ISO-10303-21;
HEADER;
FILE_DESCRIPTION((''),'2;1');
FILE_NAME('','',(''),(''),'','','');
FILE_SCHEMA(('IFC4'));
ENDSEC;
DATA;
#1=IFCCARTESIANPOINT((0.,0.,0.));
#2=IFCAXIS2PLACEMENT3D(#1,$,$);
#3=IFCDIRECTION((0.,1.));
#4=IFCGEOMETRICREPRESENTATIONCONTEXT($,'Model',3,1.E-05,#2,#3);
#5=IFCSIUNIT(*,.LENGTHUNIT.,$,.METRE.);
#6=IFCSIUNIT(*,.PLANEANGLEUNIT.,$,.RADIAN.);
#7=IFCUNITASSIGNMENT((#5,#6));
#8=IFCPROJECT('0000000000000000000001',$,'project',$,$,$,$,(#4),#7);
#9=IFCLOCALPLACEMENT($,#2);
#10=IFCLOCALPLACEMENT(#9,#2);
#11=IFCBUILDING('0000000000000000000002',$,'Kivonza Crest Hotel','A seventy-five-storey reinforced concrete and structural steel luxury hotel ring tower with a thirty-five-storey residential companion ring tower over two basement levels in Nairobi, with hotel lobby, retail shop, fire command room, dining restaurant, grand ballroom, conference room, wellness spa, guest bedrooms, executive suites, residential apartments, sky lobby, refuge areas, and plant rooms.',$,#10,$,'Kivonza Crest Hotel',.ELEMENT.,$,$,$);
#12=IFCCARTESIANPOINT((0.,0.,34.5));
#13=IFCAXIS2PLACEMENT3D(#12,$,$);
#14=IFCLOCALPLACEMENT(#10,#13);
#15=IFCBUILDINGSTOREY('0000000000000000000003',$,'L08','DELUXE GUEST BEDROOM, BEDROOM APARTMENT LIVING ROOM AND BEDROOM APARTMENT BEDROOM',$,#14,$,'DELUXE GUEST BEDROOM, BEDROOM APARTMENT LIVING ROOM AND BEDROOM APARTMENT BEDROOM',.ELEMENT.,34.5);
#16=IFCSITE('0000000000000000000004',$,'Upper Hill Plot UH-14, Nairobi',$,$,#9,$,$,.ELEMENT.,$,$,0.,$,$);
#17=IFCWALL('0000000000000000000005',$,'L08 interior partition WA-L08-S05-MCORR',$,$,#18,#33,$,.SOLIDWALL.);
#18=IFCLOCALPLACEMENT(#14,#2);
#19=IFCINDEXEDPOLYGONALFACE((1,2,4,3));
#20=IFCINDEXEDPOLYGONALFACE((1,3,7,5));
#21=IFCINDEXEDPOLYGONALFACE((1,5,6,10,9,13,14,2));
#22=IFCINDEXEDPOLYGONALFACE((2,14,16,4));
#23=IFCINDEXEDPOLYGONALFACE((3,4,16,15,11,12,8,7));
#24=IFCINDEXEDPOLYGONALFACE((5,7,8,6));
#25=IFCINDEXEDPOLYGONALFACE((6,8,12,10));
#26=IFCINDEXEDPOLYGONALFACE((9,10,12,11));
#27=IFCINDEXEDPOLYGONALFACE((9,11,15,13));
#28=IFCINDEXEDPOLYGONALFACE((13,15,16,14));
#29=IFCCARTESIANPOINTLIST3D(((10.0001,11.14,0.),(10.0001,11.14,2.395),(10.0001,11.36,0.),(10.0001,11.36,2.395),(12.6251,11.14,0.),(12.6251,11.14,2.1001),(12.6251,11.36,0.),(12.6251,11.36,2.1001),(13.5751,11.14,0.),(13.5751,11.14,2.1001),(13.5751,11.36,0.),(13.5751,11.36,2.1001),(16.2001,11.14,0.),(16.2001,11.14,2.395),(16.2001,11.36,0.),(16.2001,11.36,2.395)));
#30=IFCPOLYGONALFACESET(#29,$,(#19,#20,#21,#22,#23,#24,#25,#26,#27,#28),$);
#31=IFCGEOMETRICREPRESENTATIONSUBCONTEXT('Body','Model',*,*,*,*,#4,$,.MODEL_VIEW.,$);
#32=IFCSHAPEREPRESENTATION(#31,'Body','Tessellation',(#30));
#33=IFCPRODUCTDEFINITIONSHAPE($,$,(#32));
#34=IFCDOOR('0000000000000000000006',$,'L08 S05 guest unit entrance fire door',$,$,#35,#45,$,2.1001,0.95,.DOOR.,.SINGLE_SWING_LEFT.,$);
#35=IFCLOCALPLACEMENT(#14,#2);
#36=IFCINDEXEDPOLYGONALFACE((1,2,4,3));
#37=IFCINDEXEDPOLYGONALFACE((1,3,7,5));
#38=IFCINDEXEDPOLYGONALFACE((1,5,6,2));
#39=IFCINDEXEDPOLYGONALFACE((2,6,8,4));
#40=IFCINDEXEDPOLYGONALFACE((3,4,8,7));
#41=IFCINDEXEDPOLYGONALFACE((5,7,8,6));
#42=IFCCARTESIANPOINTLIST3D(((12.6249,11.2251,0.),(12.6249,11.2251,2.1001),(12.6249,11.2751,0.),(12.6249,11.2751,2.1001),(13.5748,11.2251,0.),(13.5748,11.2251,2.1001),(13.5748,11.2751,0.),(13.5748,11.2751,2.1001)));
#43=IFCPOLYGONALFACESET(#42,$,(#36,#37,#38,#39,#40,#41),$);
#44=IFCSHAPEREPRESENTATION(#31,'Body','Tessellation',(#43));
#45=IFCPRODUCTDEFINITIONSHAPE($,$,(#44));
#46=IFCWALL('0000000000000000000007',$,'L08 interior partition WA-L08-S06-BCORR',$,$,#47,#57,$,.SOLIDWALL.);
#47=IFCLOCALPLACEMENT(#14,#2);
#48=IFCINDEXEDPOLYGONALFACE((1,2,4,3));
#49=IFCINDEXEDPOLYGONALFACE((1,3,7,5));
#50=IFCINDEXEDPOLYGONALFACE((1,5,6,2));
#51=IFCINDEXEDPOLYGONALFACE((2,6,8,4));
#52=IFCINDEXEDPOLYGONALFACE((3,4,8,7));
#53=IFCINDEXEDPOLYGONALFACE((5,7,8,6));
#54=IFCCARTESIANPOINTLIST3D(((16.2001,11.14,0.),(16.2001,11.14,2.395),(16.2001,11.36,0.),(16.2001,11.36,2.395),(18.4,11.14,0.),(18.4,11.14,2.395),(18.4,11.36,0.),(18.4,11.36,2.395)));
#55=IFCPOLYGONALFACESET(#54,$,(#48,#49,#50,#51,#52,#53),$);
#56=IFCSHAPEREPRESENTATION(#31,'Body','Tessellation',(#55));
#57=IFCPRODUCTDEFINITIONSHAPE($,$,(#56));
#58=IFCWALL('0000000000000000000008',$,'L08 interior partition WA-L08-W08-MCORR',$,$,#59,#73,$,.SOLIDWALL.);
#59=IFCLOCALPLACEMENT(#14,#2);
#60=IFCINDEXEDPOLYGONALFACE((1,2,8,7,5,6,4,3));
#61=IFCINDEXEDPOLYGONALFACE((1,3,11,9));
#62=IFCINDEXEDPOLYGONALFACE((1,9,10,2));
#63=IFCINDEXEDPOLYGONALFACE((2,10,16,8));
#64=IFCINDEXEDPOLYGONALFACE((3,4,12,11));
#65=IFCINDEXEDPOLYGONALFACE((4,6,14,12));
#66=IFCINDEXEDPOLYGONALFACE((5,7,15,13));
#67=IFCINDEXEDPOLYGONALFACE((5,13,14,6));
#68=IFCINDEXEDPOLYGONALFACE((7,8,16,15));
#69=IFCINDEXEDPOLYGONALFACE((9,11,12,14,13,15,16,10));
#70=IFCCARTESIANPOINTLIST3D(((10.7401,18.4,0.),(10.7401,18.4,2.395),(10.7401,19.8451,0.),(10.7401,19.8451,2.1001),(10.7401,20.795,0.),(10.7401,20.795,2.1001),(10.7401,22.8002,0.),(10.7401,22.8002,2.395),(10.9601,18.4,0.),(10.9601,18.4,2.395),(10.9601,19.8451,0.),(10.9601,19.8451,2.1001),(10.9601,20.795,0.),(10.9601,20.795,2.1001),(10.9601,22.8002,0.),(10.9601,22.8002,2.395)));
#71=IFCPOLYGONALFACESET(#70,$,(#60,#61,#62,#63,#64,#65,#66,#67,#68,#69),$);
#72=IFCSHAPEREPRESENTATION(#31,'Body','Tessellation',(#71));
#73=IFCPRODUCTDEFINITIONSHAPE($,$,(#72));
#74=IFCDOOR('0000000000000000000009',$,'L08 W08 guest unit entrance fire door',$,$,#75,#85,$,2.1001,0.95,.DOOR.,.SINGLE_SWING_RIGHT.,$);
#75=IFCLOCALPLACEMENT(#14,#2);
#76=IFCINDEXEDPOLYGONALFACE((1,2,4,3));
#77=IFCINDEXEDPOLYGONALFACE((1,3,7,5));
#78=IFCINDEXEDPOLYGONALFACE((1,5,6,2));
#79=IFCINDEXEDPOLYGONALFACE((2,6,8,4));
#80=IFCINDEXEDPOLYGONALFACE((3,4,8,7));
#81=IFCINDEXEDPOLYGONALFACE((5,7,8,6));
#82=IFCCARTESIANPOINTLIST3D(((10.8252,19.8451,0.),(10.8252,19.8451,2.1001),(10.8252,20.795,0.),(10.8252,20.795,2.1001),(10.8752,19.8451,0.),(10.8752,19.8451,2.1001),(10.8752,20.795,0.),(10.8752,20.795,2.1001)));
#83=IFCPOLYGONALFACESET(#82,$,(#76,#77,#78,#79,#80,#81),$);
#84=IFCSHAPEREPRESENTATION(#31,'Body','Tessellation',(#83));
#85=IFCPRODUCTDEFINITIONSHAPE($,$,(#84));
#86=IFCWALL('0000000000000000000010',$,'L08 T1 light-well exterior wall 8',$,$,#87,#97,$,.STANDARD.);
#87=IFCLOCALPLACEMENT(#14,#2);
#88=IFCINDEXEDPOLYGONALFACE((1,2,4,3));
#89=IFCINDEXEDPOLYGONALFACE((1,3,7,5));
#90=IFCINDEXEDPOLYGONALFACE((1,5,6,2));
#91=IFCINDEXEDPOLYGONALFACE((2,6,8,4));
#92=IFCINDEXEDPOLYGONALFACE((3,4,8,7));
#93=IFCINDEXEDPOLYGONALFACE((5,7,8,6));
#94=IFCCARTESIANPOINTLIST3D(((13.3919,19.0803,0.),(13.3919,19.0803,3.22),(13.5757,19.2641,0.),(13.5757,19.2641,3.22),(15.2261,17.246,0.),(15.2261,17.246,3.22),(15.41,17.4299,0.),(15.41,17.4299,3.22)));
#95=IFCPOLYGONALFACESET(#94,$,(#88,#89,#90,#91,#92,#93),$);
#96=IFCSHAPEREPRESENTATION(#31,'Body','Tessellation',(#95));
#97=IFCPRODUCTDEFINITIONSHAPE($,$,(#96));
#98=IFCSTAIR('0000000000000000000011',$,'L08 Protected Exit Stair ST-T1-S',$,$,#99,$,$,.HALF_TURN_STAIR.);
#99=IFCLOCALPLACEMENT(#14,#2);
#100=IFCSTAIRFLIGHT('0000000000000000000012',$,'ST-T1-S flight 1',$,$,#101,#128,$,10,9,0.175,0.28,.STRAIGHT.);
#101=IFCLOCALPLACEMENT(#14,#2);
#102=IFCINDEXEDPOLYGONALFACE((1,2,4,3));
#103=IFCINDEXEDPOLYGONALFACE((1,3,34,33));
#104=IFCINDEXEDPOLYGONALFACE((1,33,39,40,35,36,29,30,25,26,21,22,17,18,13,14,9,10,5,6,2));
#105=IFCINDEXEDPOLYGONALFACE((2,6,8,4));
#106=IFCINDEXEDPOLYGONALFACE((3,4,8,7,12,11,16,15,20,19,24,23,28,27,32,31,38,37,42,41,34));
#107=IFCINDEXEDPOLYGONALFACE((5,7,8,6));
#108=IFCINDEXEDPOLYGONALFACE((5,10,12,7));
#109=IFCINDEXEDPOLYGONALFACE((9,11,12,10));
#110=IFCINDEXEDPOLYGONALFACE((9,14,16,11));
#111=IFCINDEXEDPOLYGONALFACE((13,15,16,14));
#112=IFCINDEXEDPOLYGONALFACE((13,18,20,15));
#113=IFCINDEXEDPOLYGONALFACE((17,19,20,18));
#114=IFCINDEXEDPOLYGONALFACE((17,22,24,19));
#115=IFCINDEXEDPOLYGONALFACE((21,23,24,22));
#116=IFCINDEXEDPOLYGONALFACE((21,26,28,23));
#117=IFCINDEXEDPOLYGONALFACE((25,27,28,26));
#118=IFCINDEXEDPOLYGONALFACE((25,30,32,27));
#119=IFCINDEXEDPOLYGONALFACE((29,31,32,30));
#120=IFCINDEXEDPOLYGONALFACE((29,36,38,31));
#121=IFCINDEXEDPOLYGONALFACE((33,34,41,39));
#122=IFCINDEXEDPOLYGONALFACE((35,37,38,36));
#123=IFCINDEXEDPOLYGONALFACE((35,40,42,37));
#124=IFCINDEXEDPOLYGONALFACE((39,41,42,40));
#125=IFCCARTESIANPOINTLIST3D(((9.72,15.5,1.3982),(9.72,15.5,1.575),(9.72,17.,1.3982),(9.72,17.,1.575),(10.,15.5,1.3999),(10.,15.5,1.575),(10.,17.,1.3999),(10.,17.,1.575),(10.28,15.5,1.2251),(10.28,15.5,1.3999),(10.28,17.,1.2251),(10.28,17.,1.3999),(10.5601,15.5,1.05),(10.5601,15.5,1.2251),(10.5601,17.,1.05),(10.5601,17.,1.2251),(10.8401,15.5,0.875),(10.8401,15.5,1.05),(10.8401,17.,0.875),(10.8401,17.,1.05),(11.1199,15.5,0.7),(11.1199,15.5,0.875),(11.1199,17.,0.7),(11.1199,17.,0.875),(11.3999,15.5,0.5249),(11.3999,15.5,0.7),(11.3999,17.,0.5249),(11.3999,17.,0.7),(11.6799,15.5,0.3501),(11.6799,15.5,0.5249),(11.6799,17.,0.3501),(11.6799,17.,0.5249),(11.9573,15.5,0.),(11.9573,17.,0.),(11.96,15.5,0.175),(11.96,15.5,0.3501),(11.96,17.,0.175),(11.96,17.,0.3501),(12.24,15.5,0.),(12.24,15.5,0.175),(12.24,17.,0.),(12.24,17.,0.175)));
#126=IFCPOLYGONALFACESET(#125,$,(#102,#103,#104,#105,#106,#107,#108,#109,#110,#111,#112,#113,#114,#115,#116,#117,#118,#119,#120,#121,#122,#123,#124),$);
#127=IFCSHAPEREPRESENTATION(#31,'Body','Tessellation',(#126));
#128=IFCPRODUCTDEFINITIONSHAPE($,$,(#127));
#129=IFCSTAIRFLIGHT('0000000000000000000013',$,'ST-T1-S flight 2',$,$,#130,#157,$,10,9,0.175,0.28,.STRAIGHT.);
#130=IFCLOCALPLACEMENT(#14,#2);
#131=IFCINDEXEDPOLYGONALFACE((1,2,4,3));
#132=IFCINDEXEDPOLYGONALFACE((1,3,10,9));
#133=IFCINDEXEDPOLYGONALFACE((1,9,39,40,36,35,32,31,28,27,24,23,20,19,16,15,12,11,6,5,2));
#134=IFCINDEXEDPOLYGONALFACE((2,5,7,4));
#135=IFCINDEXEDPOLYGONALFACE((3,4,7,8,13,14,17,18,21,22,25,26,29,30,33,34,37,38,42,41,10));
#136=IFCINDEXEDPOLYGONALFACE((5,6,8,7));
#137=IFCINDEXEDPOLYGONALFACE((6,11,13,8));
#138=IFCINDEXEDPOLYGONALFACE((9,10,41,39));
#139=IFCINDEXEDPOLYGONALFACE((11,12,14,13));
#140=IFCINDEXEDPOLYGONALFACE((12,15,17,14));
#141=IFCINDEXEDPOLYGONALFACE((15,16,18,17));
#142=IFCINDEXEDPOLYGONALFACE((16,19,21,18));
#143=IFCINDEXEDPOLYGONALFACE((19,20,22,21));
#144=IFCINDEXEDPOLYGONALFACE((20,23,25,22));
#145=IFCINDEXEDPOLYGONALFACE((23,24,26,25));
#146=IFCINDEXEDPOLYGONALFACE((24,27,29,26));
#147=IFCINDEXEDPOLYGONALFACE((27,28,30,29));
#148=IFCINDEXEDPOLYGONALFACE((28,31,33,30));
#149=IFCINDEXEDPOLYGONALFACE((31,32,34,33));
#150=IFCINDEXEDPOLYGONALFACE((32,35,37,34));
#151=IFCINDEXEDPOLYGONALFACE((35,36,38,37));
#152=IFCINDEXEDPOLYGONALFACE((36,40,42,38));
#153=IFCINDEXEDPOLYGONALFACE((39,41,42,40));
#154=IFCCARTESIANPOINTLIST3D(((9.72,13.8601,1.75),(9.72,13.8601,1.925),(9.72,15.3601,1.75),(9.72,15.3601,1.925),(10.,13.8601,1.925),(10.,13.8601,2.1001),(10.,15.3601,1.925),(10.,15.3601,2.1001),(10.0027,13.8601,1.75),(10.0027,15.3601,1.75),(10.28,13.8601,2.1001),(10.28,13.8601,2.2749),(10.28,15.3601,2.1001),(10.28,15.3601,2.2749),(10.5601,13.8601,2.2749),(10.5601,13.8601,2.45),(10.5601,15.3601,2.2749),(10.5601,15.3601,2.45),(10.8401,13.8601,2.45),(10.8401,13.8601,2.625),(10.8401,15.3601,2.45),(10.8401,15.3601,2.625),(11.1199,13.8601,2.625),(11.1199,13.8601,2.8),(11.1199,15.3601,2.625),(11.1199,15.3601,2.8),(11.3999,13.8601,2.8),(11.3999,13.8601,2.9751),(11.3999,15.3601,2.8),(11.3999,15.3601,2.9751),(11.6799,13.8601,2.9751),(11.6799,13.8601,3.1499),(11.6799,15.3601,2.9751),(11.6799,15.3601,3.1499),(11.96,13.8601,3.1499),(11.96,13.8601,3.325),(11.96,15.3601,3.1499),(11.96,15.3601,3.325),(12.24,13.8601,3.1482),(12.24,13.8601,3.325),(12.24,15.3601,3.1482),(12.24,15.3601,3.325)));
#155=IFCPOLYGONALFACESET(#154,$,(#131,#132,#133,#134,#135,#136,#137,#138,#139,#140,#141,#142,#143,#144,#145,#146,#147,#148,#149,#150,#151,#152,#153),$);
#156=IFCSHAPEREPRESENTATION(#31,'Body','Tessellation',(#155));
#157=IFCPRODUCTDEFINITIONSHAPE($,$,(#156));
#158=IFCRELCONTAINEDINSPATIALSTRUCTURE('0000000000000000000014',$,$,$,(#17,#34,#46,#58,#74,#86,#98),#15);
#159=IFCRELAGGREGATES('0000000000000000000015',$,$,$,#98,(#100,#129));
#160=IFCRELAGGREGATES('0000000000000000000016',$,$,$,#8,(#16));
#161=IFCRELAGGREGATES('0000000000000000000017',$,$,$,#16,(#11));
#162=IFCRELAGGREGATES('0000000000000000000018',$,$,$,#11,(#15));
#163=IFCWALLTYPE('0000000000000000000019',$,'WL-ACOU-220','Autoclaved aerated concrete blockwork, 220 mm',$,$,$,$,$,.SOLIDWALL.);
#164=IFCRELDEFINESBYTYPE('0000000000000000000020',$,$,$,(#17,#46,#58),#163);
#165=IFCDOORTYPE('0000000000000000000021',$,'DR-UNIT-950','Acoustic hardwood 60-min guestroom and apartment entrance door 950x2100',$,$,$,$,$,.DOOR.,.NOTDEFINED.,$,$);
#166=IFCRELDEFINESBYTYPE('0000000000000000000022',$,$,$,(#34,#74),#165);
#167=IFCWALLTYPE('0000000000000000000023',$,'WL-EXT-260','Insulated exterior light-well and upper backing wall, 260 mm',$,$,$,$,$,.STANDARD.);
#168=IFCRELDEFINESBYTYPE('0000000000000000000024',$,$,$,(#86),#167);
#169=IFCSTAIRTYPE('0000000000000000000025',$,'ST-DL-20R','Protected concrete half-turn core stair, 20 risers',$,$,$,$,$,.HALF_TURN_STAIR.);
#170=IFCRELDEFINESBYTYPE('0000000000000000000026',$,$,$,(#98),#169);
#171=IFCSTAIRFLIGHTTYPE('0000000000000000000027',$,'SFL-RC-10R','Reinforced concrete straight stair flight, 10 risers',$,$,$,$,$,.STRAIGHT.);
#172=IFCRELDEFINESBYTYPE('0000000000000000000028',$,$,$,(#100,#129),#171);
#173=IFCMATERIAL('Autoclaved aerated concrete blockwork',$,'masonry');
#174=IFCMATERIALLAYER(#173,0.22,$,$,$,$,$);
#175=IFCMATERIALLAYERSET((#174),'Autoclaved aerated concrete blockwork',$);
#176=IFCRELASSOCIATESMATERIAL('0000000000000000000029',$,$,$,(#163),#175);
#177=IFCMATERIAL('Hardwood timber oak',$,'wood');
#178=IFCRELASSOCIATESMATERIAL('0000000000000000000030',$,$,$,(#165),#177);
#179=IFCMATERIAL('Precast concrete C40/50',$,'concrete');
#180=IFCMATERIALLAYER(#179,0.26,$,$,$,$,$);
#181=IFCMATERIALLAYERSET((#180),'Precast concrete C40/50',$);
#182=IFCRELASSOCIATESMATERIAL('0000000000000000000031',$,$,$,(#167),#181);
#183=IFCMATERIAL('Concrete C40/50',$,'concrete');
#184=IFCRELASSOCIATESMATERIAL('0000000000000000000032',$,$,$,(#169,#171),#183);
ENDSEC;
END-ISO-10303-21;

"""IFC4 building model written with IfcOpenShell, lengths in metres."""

from ifc_helpers import new_model, si_unit, direction, frame, frame_2d, origin, place, context, subcontext, project, spatial, polyline, rectangle, outline, extrude, material, layer, layer_set, type_object, element, fill, aggregate, save


model = new_model("IFC4")

# Units and contexts
model_context = context("Model", 3, precision=1e-05, world=origin(), true_north=direction((0.0, 1.0)))
body_context = subcontext(model_context, "Body", "Model", "MODEL_VIEW")
ifc_project = project(units=[si_unit("LENGTHUNIT", "METRE"), si_unit("PLANEANGLEUNIT", "RADIAN")], contexts=[model_context])

# Site, building, storey
site_placement = place(None, origin())
site = spatial("IfcSite", under=ifc_project, at=site_placement, Name="Upper Hill Plot UH-14, Nairobi", CompositionType="ELEMENT", RefElevation=0.0)
building_placement = place(site_placement, origin())
building = spatial("IfcBuilding", under=site, at=building_placement, Name="Kivonza Crest Hotel", Description="A seventy-five-storey reinforced concrete and structural steel luxury hotel ring tower with a thirty-five-storey residential companion ring tower over two basement levels in Nairobi, with hotel lobby, retail shop, fire command room, dining restaurant, grand ballroom, conference room, wellness spa, guest bedrooms, executive suites, residential apartments, sky lobby, refuge areas, and plant rooms.", LongName="Kivonza Crest Hotel", CompositionType="ELEMENT")
storey_placement = place(building_placement, frame((0.0, 0.0, 34.5)))
storey = spatial("IfcBuildingStorey", under=building, at=storey_placement, Name="L08", Description="DELUXE GUEST BEDROOM, BEDROOM APARTMENT LIVING ROOM AND BEDROOM APARTMENT BEDROOM", LongName="DELUXE GUEST BEDROOM, BEDROOM APARTMENT LIVING ROOM AND BEDROOM APARTMENT BEDROOM", CompositionType="ELEMENT", Elevation=34.5)

# Wall, opening, door
ifc_material_1 = material(Name="Autoclaved aerated concrete blockwork", Category="masonry")
ifc_layer_1 = layer(ifc_material_1, 0.22)
ifc_layer_set_1 = layer_set([ifc_layer_1], Name="Autoclaved aerated concrete blockwork")
wall_type_1 = type_object("IfcWallType", Name="WL-ACOU-220", Description="Autoclaved aerated concrete blockwork, 220 mm", PredefinedType="SOLIDWALL", material=ifc_layer_set_1)
wall_1_placement = place(storey_placement, frame((10.0, 11.25, 0.0), z_axis=(0.0, 0.0, 1.0), x_axis=(1.0, 0.0, 0.0)))
wall_1 = element("IfcWall", 1, at=wall_1_placement, inside=storey, type_object=wall_type_1, Name="L08 interior partition WA-L08-S05-MCORR", PredefinedType="SOLIDWALL", context=body_context, shape_type="SweptSolid", body=[
    extrude(rectangle(XDim=6.2, YDim=0.22, at=frame_2d((3.1001, 0.0))), origin(), (0.0, 0.0, 1.0), 2.395),
])
opening_1_placement = place(wall_1_placement, frame((2.625, 0.0, 0.0)))
opening_1 = element("IfcOpeningElement", 2, at=opening_1_placement, cuts=wall_1, PredefinedType="OPENING", context=body_context, shape_type="SweptSolid", body=[
    extrude(rectangle(XDim=0.95, YDim=2.1001, at=frame_2d((0.4751, 1.05))), frame((0.0, 0.1201, 0.0), z_axis=(0.0, -1.0, 0.0), x_axis=(1.0, 0.0, 0.0)), (0.0, 0.0, 1.0), 0.24),
])
ifc_material_2 = material(Name="Hardwood timber oak", Category="wood")
door_type_1 = type_object("IfcDoorType", Name="DR-UNIT-950", Description="Acoustic hardwood 60-min guestroom and apartment entrance door 950x2100", OperationType="NOTDEFINED", PredefinedType="DOOR", material=ifc_material_2)
door_1_placement = place(opening_1_placement, frame((0.95, 0.0, 0.0), z_axis=(0.0, 0.0, 1.0), x_axis=(-1.0, 0.0, 0.0)))
door_1 = element("IfcDoor", 3, at=door_1_placement, inside=storey, type_object=door_type_1, Name="L08 S05 guest unit entrance fire door", OperationType="SINGLE_SWING_LEFT", OverallHeight=2.1001, OverallWidth=0.95, PredefinedType="DOOR", context=body_context, shape_type="SweptSolid", body=[
    extrude(rectangle(XDim=0.95, YDim=2.1001, at=frame_2d((0.4751, 1.05))), frame((0.0, 0.0249, 0.0), z_axis=(0.0, -1.0, 0.0), x_axis=(1.0, 0.0, 0.0)), (0.0, 0.0, 1.0), 0.05),
])
fill(opening_1, door_1)

# Wall
wall_2_placement = place(storey_placement, frame((16.2, 11.25, 0.0), z_axis=(0.0, 0.0, 1.0), x_axis=(1.0, 0.0, 0.0)))
element("IfcWall", 4, at=wall_2_placement, inside=storey, type_object=wall_type_1, Name="L08 interior partition WA-L08-S06-BCORR", PredefinedType="SOLIDWALL", context=body_context, shape_type="SweptSolid", body=[
    extrude(rectangle(XDim=2.2, YDim=0.22, at=frame_2d((1.1001, 0.0))), origin(), (0.0, 0.0, 1.0), 2.395),
])

# Wall, opening, door
wall_3_placement = place(storey_placement, frame((10.8501, 18.3999, 0.0), z_axis=(0.0, 0.0, 1.0), x_axis=(0.0, 1.0, 0.0)))
wall_3 = element("IfcWall", 5, at=wall_3_placement, inside=storey, type_object=wall_type_1, Name="L08 interior partition WA-L08-W08-MCORR", PredefinedType="SOLIDWALL", context=body_context, shape_type="SweptSolid", body=[
    extrude(rectangle(XDim=4.4001, YDim=0.22, at=frame_2d((2.2002, 0.0))), origin(), (0.0, 0.0, 1.0), 2.395),
])
opening_2_placement = place(wall_3_placement, frame((1.4451, 0.0, 0.0)))
opening_2 = element("IfcOpeningElement", 6, at=opening_2_placement, cuts=wall_3, PredefinedType="OPENING", context=body_context, shape_type="SweptSolid", body=[
    extrude(rectangle(XDim=0.95, YDim=2.1001, at=frame_2d((0.4751, 1.05))), frame((0.0, 0.1201, 0.0), z_axis=(0.0, -1.0, 0.0), x_axis=(1.0, 0.0, 0.0)), (0.0, 0.0, 1.0), 0.24),
])
door_2_placement = place(opening_2_placement, origin())
door_2 = element("IfcDoor", 7, at=door_2_placement, inside=storey, type_object=door_type_1, Name="L08 W08 guest unit entrance fire door", OperationType="SINGLE_SWING_RIGHT", OverallHeight=2.1001, OverallWidth=0.95, PredefinedType="DOOR", context=body_context, shape_type="SweptSolid", body=[
    extrude(rectangle(XDim=0.95, YDim=2.1001, at=frame_2d((0.4751, 1.05))), frame((0.0, 0.0249, 0.0), z_axis=(0.0, -1.0, 0.0), x_axis=(1.0, 0.0, 0.0)), (0.0, 0.0, 1.0), 0.05),
])
fill(opening_2, door_2)

# Wall
ifc_material_3 = material(Name="Precast concrete C40/50", Category="concrete")
ifc_layer_2 = layer(ifc_material_3, 0.26)
ifc_layer_set_2 = layer_set([ifc_layer_2], Name="Precast concrete C40/50")
wall_type_2 = type_object("IfcWallType", Name="WL-EXT-260", Description="Insulated exterior light-well and upper backing wall, 260 mm", PredefinedType="STANDARD", material=ifc_layer_set_2)
wall_4_placement = place(storey_placement, frame((13.4839, 19.1721, 0.0), z_axis=(0.0, 0.0, 1.0), x_axis=(0.707107, -0.707107, 0.0)))
element("IfcWall", 8, at=wall_4_placement, inside=storey, type_object=wall_type_2, Name="L08 T1 light-well exterior wall 8", PredefinedType="STANDARD", context=body_context, shape_type="SweptSolid", body=[
    extrude(rectangle(XDim=2.594, YDim=0.26, at=frame_2d((1.2969, 0.0))), origin(), (0.0, 0.0, 1.0), 3.22),
])

# Stair, stair flights
ifc_material_4 = material(Name="Concrete C40/50", Category="concrete")
stair_type = type_object("IfcStairType", Name="ST-DL-20R", Description="Protected concrete half-turn core stair, 20 risers", PredefinedType="HALF_TURN_STAIR", material=ifc_material_4)
stair_placement = place(storey_placement, origin())
stair = element("IfcStair", 9, at=stair_placement, inside=storey, type_object=stair_type, Name="L08 Protected Exit Stair ST-T1-S", PredefinedType="HALF_TURN_STAIR")
stair_flight_type = type_object("IfcStairFlightType", Name="SFL-RC-10R", Description="Reinforced concrete straight stair flight, 10 risers", PredefinedType="STRAIGHT", material=ifc_material_4)
stair_flight_1_placement = place(storey_placement, frame((12.24, 16.25, 0.0), z_axis=(0.0, 0.0, 1.0), x_axis=(-1.0, 0.0, 0.0)))
stair_flight_1 = element("IfcStairFlight", 10, at=stair_flight_1_placement, type_object=stair_flight_type, Name="ST-T1-S flight 1", NumberOfRisers=10, NumberOfTreads=9, PredefinedType="STRAIGHT", RiserHeight=0.175, TreadLength=0.28, context=body_context, shape_type="SweptSolid", body=[
    extrude(outline(polyline([(0.0, 0.0), (0.0, 0.175), (0.28, 0.175), (0.28, 0.3501), (0.5601, 0.3501), (0.5601, 0.5249), (0.8401, 0.5249), (0.8401, 0.7), (1.1201, 0.7), (1.1201, 0.875), (1.3999, 0.875), (1.3999, 1.05), (1.6799, 1.05), (1.6799, 1.2251), (1.96, 1.2251), (1.96, 1.3999), (2.24, 1.3999), (2.24, 1.575), (2.52, 1.575), (2.52, 1.75), (2.52, 1.3982), (0.2827, 0.0), (0.0, 0.0)])), frame((0.0, 0.75, 0.0), z_axis=(0.0, -1.0, 0.0), x_axis=(1.0, 0.0, 0.0)), (0.0, 0.0, 1.0), 1.5),
])
stair_flight_2_placement = place(storey_placement, frame((9.72, 14.6101, 1.75), z_axis=(0.0, 0.0, 1.0), x_axis=(1.0, 0.0, 0.0)))
stair_flight_2 = element("IfcStairFlight", 11, at=stair_flight_2_placement, type_object=stair_flight_type, Name="ST-T1-S flight 2", NumberOfRisers=10, NumberOfTreads=9, PredefinedType="STRAIGHT", RiserHeight=0.175, TreadLength=0.28, context=body_context, shape_type="SweptSolid", body=[
    extrude(outline(polyline([(0.0, 0.0), (0.0, 0.175), (0.28, 0.175), (0.28, 0.3501), (0.5601, 0.3501), (0.5601, 0.5249), (0.8401, 0.5249), (0.8401, 0.7), (1.1201, 0.7), (1.1201, 0.875), (1.3999, 0.875), (1.3999, 1.05), (1.6799, 1.05), (1.6799, 1.2251), (1.96, 1.2251), (1.96, 1.3999), (2.24, 1.3999), (2.24, 1.575), (2.52, 1.575), (2.52, 1.75), (2.52, 1.3982), (0.2827, 0.0), (0.0, 0.0)])), frame((0.0, 0.75, 0.0), z_axis=(0.0, -1.0, 0.0), x_axis=(1.0, 0.0, 0.0)), (0.0, 0.0, 1.0), 1.5),
])
aggregate(stair, [stair_flight_1, stair_flight_2])

save(model, "model.ifc")
